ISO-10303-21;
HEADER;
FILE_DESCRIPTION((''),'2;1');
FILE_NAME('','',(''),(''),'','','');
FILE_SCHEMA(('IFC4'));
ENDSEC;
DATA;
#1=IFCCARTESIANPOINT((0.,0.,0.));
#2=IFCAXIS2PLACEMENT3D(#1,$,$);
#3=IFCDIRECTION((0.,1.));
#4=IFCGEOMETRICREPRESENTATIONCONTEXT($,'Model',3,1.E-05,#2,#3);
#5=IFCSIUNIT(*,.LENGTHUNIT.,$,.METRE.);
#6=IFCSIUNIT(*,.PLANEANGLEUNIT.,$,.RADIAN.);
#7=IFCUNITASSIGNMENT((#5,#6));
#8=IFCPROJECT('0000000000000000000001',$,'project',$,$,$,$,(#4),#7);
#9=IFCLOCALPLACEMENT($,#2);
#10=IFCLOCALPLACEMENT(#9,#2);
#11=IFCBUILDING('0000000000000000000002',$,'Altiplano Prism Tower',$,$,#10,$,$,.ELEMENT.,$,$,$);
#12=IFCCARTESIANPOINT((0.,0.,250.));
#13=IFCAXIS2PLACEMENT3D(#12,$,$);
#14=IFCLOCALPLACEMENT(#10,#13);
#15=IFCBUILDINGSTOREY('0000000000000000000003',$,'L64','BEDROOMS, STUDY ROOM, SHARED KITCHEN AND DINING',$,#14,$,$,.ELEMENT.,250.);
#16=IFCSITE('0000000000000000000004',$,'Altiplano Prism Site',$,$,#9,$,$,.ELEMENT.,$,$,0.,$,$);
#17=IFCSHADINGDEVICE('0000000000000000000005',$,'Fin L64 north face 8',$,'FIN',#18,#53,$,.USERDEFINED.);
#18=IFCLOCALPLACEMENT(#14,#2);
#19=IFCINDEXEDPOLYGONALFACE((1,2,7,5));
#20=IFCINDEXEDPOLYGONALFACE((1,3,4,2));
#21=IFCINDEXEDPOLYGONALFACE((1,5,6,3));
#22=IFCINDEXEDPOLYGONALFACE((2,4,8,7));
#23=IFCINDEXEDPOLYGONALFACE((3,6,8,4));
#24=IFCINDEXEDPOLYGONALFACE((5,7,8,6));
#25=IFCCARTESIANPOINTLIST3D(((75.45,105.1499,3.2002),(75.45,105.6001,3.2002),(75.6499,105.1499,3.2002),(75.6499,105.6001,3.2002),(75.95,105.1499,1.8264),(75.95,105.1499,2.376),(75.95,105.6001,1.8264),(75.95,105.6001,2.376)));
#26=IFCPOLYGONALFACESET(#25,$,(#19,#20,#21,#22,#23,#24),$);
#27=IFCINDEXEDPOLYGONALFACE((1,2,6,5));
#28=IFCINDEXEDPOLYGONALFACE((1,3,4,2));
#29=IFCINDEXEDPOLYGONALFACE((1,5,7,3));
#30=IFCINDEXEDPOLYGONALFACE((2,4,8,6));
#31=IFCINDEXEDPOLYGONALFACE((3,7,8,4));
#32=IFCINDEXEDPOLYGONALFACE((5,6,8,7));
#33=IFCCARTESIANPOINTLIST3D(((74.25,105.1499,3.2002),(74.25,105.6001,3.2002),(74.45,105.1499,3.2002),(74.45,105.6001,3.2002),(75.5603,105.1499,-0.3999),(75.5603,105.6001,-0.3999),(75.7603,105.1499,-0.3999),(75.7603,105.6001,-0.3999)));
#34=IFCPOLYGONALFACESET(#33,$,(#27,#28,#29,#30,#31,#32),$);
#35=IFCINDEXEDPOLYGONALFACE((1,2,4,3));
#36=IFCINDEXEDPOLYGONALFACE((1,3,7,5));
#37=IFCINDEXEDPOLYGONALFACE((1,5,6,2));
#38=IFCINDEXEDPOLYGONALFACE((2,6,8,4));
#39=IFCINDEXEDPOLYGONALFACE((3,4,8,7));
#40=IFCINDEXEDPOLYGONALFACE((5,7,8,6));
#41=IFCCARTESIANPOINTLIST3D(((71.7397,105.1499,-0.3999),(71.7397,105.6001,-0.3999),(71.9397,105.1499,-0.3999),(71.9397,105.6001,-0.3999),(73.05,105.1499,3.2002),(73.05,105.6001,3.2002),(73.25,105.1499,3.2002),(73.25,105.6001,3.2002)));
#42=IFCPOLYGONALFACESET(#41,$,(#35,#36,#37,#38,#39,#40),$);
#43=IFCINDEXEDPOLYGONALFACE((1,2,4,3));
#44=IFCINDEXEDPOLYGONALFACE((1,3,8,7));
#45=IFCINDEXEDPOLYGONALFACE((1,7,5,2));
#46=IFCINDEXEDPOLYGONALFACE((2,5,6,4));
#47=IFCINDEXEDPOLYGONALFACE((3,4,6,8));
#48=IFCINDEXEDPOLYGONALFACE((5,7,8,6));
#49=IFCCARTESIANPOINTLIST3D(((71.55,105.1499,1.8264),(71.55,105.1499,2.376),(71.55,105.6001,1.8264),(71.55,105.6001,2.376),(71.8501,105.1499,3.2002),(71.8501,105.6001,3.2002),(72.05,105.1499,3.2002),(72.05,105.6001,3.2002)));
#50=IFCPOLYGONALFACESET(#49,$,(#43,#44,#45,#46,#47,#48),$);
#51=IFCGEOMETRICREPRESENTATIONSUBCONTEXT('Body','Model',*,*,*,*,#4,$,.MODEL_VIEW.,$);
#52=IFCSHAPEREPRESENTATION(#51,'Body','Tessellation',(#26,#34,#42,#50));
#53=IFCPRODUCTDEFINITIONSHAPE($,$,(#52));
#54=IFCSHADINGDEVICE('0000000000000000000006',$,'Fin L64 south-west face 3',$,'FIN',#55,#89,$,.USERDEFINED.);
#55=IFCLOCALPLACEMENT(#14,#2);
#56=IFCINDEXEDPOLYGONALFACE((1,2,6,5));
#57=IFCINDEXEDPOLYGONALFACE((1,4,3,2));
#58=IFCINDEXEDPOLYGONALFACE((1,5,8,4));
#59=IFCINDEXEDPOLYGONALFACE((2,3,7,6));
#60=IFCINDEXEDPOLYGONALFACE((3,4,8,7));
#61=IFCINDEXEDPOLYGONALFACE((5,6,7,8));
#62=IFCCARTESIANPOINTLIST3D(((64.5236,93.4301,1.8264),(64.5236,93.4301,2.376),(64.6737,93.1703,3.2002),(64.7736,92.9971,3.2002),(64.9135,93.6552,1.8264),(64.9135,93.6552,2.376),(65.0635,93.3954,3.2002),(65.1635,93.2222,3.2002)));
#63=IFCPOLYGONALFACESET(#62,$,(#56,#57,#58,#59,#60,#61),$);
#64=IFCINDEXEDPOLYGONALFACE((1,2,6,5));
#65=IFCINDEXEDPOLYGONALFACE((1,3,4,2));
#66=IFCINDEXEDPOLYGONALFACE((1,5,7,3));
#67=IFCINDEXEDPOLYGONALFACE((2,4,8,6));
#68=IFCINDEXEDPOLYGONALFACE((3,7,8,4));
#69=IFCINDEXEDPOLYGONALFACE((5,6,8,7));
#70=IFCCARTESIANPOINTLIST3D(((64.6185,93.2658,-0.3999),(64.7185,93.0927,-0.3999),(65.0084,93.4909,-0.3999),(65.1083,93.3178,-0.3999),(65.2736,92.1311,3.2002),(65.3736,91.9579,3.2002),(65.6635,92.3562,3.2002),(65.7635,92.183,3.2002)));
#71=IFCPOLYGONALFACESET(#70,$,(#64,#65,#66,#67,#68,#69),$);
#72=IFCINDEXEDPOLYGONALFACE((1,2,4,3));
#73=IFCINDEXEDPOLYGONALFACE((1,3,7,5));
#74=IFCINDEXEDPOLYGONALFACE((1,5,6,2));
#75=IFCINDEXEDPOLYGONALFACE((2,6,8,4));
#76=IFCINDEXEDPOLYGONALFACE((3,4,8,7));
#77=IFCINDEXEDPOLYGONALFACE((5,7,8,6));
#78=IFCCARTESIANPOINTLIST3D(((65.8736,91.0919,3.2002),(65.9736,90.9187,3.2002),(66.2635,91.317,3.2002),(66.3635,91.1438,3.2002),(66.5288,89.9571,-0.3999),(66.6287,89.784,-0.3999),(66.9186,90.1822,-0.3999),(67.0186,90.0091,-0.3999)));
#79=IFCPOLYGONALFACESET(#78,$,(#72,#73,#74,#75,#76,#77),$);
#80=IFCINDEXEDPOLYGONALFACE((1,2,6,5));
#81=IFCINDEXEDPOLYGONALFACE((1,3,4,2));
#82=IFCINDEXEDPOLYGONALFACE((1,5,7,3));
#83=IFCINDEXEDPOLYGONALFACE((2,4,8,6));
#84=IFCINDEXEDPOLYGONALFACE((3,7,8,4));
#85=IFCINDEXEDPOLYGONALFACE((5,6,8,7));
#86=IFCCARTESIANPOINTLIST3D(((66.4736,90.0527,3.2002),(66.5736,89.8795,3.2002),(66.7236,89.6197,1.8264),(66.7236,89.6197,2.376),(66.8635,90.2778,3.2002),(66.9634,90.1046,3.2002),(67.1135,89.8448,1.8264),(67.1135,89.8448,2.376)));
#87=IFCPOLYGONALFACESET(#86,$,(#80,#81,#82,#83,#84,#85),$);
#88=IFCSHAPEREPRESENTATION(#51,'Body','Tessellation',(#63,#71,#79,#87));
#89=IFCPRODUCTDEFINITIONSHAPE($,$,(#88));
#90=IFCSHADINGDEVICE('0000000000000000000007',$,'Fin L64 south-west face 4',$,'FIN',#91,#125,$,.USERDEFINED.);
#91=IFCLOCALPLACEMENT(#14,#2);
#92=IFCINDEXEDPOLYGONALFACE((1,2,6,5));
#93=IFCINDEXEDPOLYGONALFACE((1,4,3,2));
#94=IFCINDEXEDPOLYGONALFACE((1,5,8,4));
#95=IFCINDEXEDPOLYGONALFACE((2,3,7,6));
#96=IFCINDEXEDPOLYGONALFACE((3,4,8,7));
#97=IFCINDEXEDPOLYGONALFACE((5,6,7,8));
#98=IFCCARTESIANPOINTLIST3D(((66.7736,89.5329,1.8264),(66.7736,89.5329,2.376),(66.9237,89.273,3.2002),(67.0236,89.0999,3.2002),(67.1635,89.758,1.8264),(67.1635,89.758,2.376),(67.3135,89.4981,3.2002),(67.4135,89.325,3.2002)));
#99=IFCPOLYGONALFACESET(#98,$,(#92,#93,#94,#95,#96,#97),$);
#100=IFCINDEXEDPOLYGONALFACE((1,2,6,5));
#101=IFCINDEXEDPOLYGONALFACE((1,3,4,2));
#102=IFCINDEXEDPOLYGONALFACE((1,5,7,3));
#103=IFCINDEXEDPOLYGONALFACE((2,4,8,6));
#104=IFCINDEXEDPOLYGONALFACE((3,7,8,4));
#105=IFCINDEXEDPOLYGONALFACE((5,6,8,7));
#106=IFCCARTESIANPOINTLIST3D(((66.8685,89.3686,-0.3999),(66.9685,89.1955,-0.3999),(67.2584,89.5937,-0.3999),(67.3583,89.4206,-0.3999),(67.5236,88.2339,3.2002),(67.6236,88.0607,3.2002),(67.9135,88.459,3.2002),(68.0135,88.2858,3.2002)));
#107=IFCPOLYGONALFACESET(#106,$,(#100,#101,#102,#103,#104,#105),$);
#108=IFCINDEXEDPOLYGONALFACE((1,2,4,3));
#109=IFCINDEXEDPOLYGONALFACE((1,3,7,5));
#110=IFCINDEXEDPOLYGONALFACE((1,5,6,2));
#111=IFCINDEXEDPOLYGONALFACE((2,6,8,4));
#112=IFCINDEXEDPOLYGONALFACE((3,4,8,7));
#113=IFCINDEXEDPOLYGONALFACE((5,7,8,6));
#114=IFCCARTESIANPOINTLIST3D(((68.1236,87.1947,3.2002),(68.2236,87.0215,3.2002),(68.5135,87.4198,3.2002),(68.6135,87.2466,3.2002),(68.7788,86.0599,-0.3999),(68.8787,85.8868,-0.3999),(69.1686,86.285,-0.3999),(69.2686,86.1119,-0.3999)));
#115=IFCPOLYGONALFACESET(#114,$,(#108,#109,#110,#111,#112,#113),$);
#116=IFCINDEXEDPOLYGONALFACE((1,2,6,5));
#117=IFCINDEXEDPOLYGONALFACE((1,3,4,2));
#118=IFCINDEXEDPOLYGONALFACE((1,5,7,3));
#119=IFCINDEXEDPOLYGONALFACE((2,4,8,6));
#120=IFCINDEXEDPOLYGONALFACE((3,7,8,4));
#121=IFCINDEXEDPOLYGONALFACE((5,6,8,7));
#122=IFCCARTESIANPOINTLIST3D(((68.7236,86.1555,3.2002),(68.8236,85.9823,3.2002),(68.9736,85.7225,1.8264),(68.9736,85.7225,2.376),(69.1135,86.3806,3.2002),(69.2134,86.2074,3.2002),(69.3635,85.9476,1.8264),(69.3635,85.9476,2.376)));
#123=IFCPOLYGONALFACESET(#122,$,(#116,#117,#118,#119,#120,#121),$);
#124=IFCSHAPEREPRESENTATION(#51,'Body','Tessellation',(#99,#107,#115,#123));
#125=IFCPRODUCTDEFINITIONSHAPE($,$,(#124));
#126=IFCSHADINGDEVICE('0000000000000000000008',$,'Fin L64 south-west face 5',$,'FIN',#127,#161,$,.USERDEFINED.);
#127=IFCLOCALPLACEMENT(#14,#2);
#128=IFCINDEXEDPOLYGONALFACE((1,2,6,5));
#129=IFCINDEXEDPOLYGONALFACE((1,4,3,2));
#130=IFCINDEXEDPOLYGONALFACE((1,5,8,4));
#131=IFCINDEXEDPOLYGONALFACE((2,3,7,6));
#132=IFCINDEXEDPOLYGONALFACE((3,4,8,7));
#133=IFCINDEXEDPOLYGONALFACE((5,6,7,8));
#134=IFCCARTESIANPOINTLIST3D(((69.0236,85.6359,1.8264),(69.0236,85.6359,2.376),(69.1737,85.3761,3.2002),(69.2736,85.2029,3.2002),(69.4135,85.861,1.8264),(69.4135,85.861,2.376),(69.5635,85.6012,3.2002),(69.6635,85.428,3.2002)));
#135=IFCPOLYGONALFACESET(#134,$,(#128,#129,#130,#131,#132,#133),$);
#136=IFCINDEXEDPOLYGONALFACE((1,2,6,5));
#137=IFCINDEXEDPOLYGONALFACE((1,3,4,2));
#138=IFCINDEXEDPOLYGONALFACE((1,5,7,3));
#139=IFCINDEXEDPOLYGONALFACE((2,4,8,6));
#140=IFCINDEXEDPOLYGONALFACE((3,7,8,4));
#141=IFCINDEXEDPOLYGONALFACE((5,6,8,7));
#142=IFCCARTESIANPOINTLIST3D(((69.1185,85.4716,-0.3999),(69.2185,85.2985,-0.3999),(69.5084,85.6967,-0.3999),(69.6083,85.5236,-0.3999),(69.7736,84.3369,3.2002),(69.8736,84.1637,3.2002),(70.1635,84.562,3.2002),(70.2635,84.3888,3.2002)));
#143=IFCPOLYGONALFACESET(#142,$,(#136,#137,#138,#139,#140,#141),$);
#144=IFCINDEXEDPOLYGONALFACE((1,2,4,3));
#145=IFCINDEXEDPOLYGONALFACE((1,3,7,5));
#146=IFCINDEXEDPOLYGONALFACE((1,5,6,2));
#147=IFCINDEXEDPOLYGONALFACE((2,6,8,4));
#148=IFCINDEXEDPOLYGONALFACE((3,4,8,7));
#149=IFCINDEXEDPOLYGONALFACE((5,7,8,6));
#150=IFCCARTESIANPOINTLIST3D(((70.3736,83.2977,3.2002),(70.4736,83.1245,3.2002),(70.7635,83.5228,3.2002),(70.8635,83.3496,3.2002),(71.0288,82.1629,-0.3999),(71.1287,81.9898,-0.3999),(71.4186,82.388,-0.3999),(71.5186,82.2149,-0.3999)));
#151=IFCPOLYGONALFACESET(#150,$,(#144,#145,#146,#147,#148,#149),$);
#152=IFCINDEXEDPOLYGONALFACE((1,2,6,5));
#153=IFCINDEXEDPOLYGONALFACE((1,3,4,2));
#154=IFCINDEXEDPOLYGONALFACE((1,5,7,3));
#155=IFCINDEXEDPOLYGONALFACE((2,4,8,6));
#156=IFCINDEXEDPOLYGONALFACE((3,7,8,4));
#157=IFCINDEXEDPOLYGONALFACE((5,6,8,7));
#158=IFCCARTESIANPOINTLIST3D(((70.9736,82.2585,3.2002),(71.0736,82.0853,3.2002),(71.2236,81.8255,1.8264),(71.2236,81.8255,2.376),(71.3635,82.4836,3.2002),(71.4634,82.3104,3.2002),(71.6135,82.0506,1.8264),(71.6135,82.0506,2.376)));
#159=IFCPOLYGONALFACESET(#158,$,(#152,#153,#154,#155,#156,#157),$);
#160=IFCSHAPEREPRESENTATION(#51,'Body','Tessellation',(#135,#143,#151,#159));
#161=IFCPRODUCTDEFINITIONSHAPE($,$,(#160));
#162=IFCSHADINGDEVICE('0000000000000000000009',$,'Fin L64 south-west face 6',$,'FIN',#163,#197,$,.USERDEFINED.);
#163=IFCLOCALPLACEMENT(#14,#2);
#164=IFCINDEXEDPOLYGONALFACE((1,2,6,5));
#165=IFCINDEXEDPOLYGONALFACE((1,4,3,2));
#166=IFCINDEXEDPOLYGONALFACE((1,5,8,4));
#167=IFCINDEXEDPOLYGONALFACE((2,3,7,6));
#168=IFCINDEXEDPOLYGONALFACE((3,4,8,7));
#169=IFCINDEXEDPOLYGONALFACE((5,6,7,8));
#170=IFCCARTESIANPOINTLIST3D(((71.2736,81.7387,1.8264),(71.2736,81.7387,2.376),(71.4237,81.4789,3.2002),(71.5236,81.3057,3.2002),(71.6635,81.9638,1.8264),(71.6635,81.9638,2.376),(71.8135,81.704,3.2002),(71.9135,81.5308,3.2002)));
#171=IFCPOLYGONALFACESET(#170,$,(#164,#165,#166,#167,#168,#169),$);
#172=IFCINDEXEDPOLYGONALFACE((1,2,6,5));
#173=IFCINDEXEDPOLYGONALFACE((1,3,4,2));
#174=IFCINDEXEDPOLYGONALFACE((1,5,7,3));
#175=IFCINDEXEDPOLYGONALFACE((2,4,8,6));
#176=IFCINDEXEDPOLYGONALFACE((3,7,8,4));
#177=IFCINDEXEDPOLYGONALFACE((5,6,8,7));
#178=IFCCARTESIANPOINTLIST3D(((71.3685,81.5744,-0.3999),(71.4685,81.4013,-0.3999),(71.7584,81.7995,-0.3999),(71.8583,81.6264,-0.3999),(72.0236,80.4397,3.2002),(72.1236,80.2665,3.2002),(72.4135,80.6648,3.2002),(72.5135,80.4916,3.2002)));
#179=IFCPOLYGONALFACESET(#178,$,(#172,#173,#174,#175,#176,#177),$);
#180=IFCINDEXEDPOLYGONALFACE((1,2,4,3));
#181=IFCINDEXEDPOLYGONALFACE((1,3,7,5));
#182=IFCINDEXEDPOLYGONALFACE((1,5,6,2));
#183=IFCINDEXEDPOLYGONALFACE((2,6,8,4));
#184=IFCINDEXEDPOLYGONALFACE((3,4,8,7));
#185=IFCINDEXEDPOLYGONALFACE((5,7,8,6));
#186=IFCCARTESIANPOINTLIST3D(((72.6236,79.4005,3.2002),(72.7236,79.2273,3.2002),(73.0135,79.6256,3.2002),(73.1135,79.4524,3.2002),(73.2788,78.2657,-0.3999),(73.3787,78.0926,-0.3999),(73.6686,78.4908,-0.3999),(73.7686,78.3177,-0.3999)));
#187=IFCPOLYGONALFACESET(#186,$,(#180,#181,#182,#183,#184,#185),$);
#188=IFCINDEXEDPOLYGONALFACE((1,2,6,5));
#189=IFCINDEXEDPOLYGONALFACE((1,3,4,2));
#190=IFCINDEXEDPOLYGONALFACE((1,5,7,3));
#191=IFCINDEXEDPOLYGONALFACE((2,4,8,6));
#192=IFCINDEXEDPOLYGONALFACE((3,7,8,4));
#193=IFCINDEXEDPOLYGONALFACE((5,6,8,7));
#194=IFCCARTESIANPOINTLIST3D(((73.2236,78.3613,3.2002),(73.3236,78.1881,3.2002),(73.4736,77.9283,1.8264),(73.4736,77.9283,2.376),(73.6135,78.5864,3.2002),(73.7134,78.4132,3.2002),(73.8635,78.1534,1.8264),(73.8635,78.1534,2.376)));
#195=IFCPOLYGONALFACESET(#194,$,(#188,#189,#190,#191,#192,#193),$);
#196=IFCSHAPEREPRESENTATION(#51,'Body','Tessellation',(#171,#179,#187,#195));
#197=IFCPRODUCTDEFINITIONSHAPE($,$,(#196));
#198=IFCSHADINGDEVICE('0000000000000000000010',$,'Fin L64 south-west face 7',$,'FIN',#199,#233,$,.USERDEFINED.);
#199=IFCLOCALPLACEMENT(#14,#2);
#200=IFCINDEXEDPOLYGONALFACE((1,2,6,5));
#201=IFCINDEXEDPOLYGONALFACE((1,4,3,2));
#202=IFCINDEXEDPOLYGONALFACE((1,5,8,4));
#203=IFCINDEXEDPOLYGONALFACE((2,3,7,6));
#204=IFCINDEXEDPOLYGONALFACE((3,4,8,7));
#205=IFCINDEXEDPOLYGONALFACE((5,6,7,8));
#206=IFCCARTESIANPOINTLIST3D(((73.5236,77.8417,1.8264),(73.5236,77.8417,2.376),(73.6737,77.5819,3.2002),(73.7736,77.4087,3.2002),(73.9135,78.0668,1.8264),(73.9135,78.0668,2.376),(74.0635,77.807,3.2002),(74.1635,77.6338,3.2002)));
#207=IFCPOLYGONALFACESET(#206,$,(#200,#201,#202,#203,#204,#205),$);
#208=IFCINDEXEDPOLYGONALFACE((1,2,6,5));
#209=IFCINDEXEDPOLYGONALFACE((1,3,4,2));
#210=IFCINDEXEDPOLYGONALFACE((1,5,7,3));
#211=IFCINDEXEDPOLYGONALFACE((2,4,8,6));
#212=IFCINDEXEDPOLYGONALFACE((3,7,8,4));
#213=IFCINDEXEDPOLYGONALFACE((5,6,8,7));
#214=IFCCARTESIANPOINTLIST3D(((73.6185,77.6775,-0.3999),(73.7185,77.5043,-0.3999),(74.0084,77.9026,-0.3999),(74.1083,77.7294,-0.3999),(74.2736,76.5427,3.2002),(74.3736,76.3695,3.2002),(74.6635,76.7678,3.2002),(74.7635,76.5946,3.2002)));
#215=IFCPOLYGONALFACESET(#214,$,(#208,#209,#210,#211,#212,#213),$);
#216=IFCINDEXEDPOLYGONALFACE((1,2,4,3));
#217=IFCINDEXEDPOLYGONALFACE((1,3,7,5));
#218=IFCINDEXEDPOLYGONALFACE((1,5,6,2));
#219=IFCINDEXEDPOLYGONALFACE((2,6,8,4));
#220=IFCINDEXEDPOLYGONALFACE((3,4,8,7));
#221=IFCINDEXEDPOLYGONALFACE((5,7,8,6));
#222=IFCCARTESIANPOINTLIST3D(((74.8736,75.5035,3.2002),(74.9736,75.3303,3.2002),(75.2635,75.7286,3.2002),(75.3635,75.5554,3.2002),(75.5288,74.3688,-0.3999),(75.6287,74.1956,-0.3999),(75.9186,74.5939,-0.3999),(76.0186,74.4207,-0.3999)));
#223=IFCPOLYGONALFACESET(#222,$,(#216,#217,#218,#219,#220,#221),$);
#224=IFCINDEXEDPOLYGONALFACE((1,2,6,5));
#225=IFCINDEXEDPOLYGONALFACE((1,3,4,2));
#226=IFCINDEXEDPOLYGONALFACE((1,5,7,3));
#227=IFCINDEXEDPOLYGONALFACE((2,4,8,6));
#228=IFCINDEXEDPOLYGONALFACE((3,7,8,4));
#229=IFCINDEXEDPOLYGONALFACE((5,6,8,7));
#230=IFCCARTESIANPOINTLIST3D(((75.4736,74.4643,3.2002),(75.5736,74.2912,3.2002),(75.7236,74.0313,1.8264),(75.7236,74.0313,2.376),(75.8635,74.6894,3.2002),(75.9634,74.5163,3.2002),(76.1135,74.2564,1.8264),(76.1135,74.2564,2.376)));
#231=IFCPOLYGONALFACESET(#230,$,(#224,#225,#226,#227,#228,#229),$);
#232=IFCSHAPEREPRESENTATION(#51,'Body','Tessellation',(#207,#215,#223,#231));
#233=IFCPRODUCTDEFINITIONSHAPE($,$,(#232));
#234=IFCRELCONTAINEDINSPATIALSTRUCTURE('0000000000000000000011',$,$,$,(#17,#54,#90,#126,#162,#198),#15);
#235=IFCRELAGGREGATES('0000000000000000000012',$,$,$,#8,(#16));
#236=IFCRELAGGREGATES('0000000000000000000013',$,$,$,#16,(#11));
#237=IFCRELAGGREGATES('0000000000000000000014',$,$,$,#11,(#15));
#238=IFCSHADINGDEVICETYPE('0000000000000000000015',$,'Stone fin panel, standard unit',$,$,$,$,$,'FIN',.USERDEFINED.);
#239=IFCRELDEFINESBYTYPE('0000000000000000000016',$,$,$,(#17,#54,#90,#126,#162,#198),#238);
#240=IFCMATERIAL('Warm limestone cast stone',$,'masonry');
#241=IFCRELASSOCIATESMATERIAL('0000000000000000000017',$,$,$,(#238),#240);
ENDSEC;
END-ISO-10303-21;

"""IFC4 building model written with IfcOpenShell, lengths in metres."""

from ifc_helpers import new_model, si_unit, direction, frame, origin, place, context, subcontext, project, spatial, polyline, outline, extrude, source, transform, mapped, material, type_object, element, save


model = new_model("IFC4")

# Units and contexts
model_context = context("Model", 3, precision=1e-05, world=origin(), true_north=direction((0.0, 1.0)))
body_context = subcontext(model_context, "Body", "Model", "MODEL_VIEW")
ifc_project = project(units=[si_unit("LENGTHUNIT", "METRE"), si_unit("PLANEANGLEUNIT", "RADIAN")], contexts=[model_context])

# Site, building, storey
site_placement = place(None, origin())
site = spatial("IfcSite", under=ifc_project, at=site_placement, Name="Altiplano Prism Site", CompositionType="ELEMENT", RefElevation=0.0)
building_placement = place(site_placement, origin())
building = spatial("IfcBuilding", under=site, at=building_placement, Name="Altiplano Prism Tower", CompositionType="ELEMENT")
storey_placement = place(building_placement, frame((0.0, 0.0, 250.0)))
storey = spatial("IfcBuildingStorey", under=building, at=storey_placement, Name="L64", Description="BEDROOMS, STUDY ROOM, SHARED KITCHEN AND DINING", CompositionType="ELEMENT", Elevation=250.0)

# Shading devices
ifc_material_1 = material(Name="Warm limestone cast stone", Category="masonry")
shading_device_type_1 = type_object("IfcShadingDeviceType", Name="Stone fin panel, standard unit", ElementType="FIN", PredefinedType="USERDEFINED", material=ifc_material_1)
shared_shape_1 = source(origin(), body_context, "Body", "SweptSolid", [
    extrude(outline(polyline([(-2.2, 2.2263), (-1.7, 3.6001), (-1.8999, 3.6001), (-2.2, 2.7759), (-2.2, 2.2263)])), frame((0.0, -0.1499, 0.0), z_axis=(0.0, -1.0, 0.0), x_axis=(1.0, 0.0, 0.0)), (0.0, 0.0, 1.0), 0.4502),
    extrude(outline(polyline([(-2.0103, 0.0), (-1.8103, 0.0), (-0.5, 3.6001), (-0.7, 3.6001), (-2.0103, 0.0)])), frame((0.0, -0.1499, 0.0), z_axis=(0.0, -1.0, 0.0), x_axis=(1.0, 0.0, 0.0)), (0.0, 0.0, 1.0), 0.4502),
    extrude(outline(polyline([(1.8103, 0.0), (2.0103, 0.0), (0.7, 3.6001), (0.5, 3.6001), (1.8103, 0.0)])), frame((0.0, -0.1499, 0.0), z_axis=(0.0, -1.0, 0.0), x_axis=(1.0, 0.0, 0.0)), (0.0, 0.0, 1.0), 0.4502),
    extrude(outline(polyline([(2.2, 2.7759), (1.8999, 3.6001), (1.7, 3.6001), (2.2, 2.2263), (2.2, 2.7759)])), frame((0.0, -0.1499, 0.0), z_axis=(0.0, -1.0, 0.0), x_axis=(1.0, 0.0, 0.0)), (0.0, 0.0, 1.0), 0.4502),
])
shading_device_1_placement = place(storey_placement, origin())
element("IfcShadingDevice", 1, at=shading_device_1_placement, inside=storey, type_object=shading_device_type_1, Name="Fin L64 north face 8", ObjectType="FIN", PredefinedType="USERDEFINED", context=body_context, shape_type="MappedRepresentation", body=[
    mapped(shared_shape_1, transform((73.75, 105.0, -0.3999), x_axis=(-1.0, 0.0, 0.0), y_axis=(0.0, -1.0, 0.0), z_axis=(0.0, 0.0, 1.0))),
])
shading_device_2_placement = place(storey_placement, origin())
element("IfcShadingDevice", 2, at=shading_device_2_placement, inside=storey, type_object=shading_device_type_1, Name="Fin L64 south-west face 3", ObjectType="FIN", PredefinedType="USERDEFINED", context=body_context, shape_type="MappedRepresentation", body=[
    mapped(shared_shape_1, transform((66.1433, 91.825, -0.3999), x_axis=(0.5, -0.866025, 0.0), y_axis=(0.866025, 0.5, 0.0), z_axis=(0.0, 0.0, 1.0))),
])
shading_device_3_placement = place(storey_placement, origin())
element("IfcShadingDevice", 3, at=shading_device_3_placement, inside=storey, type_object=shading_device_type_1, Name="Fin L64 south-west face 4", ObjectType="FIN", PredefinedType="USERDEFINED", context=body_context, shape_type="MappedRepresentation", body=[
    mapped(shared_shape_1, transform((68.3933, 87.9277, -0.3999), x_axis=(0.5, -0.866025, 0.0), y_axis=(0.866025, 0.5, 0.0), z_axis=(0.0, 0.0, 1.0))),
])
shading_device_4_placement = place(storey_placement, origin())
element("IfcShadingDevice", 4, at=shading_device_4_placement, inside=storey, type_object=shading_device_type_1, Name="Fin L64 south-west face 5", ObjectType="FIN", PredefinedType="USERDEFINED", context=body_context, shape_type="MappedRepresentation", body=[
    mapped(shared_shape_1, transform((70.6433, 84.0308, -0.3999), x_axis=(0.5, -0.866025, 0.0), y_axis=(0.866025, 0.5, 0.0), z_axis=(0.0, 0.0, 1.0))),
])
shading_device_5_placement = place(storey_placement, origin())
element("IfcShadingDevice", 5, at=shading_device_5_placement, inside=storey, type_object=shading_device_type_1, Name="Fin L64 south-west face 6", ObjectType="FIN", PredefinedType="USERDEFINED", context=body_context, shape_type="MappedRepresentation", body=[
    mapped(shared_shape_1, transform((72.8933, 80.1335, -0.3999), x_axis=(0.5, -0.866025, 0.0), y_axis=(0.866025, 0.5, 0.0), z_axis=(0.0, 0.0, 1.0))),
])
shading_device_6_placement = place(storey_placement, origin())
element("IfcShadingDevice", 6, at=shading_device_6_placement, inside=storey, type_object=shading_device_type_1, Name="Fin L64 south-west face 7", ObjectType="FIN", PredefinedType="USERDEFINED", context=body_context, shape_type="MappedRepresentation", body=[
    mapped(shared_shape_1, transform((75.1433, 76.2366, -0.3999), x_axis=(0.5, -0.866025, 0.0), y_axis=(0.866025, 0.5, 0.0), z_axis=(0.0, 0.0, 1.0))),
])

save(model, "model.ifc")
